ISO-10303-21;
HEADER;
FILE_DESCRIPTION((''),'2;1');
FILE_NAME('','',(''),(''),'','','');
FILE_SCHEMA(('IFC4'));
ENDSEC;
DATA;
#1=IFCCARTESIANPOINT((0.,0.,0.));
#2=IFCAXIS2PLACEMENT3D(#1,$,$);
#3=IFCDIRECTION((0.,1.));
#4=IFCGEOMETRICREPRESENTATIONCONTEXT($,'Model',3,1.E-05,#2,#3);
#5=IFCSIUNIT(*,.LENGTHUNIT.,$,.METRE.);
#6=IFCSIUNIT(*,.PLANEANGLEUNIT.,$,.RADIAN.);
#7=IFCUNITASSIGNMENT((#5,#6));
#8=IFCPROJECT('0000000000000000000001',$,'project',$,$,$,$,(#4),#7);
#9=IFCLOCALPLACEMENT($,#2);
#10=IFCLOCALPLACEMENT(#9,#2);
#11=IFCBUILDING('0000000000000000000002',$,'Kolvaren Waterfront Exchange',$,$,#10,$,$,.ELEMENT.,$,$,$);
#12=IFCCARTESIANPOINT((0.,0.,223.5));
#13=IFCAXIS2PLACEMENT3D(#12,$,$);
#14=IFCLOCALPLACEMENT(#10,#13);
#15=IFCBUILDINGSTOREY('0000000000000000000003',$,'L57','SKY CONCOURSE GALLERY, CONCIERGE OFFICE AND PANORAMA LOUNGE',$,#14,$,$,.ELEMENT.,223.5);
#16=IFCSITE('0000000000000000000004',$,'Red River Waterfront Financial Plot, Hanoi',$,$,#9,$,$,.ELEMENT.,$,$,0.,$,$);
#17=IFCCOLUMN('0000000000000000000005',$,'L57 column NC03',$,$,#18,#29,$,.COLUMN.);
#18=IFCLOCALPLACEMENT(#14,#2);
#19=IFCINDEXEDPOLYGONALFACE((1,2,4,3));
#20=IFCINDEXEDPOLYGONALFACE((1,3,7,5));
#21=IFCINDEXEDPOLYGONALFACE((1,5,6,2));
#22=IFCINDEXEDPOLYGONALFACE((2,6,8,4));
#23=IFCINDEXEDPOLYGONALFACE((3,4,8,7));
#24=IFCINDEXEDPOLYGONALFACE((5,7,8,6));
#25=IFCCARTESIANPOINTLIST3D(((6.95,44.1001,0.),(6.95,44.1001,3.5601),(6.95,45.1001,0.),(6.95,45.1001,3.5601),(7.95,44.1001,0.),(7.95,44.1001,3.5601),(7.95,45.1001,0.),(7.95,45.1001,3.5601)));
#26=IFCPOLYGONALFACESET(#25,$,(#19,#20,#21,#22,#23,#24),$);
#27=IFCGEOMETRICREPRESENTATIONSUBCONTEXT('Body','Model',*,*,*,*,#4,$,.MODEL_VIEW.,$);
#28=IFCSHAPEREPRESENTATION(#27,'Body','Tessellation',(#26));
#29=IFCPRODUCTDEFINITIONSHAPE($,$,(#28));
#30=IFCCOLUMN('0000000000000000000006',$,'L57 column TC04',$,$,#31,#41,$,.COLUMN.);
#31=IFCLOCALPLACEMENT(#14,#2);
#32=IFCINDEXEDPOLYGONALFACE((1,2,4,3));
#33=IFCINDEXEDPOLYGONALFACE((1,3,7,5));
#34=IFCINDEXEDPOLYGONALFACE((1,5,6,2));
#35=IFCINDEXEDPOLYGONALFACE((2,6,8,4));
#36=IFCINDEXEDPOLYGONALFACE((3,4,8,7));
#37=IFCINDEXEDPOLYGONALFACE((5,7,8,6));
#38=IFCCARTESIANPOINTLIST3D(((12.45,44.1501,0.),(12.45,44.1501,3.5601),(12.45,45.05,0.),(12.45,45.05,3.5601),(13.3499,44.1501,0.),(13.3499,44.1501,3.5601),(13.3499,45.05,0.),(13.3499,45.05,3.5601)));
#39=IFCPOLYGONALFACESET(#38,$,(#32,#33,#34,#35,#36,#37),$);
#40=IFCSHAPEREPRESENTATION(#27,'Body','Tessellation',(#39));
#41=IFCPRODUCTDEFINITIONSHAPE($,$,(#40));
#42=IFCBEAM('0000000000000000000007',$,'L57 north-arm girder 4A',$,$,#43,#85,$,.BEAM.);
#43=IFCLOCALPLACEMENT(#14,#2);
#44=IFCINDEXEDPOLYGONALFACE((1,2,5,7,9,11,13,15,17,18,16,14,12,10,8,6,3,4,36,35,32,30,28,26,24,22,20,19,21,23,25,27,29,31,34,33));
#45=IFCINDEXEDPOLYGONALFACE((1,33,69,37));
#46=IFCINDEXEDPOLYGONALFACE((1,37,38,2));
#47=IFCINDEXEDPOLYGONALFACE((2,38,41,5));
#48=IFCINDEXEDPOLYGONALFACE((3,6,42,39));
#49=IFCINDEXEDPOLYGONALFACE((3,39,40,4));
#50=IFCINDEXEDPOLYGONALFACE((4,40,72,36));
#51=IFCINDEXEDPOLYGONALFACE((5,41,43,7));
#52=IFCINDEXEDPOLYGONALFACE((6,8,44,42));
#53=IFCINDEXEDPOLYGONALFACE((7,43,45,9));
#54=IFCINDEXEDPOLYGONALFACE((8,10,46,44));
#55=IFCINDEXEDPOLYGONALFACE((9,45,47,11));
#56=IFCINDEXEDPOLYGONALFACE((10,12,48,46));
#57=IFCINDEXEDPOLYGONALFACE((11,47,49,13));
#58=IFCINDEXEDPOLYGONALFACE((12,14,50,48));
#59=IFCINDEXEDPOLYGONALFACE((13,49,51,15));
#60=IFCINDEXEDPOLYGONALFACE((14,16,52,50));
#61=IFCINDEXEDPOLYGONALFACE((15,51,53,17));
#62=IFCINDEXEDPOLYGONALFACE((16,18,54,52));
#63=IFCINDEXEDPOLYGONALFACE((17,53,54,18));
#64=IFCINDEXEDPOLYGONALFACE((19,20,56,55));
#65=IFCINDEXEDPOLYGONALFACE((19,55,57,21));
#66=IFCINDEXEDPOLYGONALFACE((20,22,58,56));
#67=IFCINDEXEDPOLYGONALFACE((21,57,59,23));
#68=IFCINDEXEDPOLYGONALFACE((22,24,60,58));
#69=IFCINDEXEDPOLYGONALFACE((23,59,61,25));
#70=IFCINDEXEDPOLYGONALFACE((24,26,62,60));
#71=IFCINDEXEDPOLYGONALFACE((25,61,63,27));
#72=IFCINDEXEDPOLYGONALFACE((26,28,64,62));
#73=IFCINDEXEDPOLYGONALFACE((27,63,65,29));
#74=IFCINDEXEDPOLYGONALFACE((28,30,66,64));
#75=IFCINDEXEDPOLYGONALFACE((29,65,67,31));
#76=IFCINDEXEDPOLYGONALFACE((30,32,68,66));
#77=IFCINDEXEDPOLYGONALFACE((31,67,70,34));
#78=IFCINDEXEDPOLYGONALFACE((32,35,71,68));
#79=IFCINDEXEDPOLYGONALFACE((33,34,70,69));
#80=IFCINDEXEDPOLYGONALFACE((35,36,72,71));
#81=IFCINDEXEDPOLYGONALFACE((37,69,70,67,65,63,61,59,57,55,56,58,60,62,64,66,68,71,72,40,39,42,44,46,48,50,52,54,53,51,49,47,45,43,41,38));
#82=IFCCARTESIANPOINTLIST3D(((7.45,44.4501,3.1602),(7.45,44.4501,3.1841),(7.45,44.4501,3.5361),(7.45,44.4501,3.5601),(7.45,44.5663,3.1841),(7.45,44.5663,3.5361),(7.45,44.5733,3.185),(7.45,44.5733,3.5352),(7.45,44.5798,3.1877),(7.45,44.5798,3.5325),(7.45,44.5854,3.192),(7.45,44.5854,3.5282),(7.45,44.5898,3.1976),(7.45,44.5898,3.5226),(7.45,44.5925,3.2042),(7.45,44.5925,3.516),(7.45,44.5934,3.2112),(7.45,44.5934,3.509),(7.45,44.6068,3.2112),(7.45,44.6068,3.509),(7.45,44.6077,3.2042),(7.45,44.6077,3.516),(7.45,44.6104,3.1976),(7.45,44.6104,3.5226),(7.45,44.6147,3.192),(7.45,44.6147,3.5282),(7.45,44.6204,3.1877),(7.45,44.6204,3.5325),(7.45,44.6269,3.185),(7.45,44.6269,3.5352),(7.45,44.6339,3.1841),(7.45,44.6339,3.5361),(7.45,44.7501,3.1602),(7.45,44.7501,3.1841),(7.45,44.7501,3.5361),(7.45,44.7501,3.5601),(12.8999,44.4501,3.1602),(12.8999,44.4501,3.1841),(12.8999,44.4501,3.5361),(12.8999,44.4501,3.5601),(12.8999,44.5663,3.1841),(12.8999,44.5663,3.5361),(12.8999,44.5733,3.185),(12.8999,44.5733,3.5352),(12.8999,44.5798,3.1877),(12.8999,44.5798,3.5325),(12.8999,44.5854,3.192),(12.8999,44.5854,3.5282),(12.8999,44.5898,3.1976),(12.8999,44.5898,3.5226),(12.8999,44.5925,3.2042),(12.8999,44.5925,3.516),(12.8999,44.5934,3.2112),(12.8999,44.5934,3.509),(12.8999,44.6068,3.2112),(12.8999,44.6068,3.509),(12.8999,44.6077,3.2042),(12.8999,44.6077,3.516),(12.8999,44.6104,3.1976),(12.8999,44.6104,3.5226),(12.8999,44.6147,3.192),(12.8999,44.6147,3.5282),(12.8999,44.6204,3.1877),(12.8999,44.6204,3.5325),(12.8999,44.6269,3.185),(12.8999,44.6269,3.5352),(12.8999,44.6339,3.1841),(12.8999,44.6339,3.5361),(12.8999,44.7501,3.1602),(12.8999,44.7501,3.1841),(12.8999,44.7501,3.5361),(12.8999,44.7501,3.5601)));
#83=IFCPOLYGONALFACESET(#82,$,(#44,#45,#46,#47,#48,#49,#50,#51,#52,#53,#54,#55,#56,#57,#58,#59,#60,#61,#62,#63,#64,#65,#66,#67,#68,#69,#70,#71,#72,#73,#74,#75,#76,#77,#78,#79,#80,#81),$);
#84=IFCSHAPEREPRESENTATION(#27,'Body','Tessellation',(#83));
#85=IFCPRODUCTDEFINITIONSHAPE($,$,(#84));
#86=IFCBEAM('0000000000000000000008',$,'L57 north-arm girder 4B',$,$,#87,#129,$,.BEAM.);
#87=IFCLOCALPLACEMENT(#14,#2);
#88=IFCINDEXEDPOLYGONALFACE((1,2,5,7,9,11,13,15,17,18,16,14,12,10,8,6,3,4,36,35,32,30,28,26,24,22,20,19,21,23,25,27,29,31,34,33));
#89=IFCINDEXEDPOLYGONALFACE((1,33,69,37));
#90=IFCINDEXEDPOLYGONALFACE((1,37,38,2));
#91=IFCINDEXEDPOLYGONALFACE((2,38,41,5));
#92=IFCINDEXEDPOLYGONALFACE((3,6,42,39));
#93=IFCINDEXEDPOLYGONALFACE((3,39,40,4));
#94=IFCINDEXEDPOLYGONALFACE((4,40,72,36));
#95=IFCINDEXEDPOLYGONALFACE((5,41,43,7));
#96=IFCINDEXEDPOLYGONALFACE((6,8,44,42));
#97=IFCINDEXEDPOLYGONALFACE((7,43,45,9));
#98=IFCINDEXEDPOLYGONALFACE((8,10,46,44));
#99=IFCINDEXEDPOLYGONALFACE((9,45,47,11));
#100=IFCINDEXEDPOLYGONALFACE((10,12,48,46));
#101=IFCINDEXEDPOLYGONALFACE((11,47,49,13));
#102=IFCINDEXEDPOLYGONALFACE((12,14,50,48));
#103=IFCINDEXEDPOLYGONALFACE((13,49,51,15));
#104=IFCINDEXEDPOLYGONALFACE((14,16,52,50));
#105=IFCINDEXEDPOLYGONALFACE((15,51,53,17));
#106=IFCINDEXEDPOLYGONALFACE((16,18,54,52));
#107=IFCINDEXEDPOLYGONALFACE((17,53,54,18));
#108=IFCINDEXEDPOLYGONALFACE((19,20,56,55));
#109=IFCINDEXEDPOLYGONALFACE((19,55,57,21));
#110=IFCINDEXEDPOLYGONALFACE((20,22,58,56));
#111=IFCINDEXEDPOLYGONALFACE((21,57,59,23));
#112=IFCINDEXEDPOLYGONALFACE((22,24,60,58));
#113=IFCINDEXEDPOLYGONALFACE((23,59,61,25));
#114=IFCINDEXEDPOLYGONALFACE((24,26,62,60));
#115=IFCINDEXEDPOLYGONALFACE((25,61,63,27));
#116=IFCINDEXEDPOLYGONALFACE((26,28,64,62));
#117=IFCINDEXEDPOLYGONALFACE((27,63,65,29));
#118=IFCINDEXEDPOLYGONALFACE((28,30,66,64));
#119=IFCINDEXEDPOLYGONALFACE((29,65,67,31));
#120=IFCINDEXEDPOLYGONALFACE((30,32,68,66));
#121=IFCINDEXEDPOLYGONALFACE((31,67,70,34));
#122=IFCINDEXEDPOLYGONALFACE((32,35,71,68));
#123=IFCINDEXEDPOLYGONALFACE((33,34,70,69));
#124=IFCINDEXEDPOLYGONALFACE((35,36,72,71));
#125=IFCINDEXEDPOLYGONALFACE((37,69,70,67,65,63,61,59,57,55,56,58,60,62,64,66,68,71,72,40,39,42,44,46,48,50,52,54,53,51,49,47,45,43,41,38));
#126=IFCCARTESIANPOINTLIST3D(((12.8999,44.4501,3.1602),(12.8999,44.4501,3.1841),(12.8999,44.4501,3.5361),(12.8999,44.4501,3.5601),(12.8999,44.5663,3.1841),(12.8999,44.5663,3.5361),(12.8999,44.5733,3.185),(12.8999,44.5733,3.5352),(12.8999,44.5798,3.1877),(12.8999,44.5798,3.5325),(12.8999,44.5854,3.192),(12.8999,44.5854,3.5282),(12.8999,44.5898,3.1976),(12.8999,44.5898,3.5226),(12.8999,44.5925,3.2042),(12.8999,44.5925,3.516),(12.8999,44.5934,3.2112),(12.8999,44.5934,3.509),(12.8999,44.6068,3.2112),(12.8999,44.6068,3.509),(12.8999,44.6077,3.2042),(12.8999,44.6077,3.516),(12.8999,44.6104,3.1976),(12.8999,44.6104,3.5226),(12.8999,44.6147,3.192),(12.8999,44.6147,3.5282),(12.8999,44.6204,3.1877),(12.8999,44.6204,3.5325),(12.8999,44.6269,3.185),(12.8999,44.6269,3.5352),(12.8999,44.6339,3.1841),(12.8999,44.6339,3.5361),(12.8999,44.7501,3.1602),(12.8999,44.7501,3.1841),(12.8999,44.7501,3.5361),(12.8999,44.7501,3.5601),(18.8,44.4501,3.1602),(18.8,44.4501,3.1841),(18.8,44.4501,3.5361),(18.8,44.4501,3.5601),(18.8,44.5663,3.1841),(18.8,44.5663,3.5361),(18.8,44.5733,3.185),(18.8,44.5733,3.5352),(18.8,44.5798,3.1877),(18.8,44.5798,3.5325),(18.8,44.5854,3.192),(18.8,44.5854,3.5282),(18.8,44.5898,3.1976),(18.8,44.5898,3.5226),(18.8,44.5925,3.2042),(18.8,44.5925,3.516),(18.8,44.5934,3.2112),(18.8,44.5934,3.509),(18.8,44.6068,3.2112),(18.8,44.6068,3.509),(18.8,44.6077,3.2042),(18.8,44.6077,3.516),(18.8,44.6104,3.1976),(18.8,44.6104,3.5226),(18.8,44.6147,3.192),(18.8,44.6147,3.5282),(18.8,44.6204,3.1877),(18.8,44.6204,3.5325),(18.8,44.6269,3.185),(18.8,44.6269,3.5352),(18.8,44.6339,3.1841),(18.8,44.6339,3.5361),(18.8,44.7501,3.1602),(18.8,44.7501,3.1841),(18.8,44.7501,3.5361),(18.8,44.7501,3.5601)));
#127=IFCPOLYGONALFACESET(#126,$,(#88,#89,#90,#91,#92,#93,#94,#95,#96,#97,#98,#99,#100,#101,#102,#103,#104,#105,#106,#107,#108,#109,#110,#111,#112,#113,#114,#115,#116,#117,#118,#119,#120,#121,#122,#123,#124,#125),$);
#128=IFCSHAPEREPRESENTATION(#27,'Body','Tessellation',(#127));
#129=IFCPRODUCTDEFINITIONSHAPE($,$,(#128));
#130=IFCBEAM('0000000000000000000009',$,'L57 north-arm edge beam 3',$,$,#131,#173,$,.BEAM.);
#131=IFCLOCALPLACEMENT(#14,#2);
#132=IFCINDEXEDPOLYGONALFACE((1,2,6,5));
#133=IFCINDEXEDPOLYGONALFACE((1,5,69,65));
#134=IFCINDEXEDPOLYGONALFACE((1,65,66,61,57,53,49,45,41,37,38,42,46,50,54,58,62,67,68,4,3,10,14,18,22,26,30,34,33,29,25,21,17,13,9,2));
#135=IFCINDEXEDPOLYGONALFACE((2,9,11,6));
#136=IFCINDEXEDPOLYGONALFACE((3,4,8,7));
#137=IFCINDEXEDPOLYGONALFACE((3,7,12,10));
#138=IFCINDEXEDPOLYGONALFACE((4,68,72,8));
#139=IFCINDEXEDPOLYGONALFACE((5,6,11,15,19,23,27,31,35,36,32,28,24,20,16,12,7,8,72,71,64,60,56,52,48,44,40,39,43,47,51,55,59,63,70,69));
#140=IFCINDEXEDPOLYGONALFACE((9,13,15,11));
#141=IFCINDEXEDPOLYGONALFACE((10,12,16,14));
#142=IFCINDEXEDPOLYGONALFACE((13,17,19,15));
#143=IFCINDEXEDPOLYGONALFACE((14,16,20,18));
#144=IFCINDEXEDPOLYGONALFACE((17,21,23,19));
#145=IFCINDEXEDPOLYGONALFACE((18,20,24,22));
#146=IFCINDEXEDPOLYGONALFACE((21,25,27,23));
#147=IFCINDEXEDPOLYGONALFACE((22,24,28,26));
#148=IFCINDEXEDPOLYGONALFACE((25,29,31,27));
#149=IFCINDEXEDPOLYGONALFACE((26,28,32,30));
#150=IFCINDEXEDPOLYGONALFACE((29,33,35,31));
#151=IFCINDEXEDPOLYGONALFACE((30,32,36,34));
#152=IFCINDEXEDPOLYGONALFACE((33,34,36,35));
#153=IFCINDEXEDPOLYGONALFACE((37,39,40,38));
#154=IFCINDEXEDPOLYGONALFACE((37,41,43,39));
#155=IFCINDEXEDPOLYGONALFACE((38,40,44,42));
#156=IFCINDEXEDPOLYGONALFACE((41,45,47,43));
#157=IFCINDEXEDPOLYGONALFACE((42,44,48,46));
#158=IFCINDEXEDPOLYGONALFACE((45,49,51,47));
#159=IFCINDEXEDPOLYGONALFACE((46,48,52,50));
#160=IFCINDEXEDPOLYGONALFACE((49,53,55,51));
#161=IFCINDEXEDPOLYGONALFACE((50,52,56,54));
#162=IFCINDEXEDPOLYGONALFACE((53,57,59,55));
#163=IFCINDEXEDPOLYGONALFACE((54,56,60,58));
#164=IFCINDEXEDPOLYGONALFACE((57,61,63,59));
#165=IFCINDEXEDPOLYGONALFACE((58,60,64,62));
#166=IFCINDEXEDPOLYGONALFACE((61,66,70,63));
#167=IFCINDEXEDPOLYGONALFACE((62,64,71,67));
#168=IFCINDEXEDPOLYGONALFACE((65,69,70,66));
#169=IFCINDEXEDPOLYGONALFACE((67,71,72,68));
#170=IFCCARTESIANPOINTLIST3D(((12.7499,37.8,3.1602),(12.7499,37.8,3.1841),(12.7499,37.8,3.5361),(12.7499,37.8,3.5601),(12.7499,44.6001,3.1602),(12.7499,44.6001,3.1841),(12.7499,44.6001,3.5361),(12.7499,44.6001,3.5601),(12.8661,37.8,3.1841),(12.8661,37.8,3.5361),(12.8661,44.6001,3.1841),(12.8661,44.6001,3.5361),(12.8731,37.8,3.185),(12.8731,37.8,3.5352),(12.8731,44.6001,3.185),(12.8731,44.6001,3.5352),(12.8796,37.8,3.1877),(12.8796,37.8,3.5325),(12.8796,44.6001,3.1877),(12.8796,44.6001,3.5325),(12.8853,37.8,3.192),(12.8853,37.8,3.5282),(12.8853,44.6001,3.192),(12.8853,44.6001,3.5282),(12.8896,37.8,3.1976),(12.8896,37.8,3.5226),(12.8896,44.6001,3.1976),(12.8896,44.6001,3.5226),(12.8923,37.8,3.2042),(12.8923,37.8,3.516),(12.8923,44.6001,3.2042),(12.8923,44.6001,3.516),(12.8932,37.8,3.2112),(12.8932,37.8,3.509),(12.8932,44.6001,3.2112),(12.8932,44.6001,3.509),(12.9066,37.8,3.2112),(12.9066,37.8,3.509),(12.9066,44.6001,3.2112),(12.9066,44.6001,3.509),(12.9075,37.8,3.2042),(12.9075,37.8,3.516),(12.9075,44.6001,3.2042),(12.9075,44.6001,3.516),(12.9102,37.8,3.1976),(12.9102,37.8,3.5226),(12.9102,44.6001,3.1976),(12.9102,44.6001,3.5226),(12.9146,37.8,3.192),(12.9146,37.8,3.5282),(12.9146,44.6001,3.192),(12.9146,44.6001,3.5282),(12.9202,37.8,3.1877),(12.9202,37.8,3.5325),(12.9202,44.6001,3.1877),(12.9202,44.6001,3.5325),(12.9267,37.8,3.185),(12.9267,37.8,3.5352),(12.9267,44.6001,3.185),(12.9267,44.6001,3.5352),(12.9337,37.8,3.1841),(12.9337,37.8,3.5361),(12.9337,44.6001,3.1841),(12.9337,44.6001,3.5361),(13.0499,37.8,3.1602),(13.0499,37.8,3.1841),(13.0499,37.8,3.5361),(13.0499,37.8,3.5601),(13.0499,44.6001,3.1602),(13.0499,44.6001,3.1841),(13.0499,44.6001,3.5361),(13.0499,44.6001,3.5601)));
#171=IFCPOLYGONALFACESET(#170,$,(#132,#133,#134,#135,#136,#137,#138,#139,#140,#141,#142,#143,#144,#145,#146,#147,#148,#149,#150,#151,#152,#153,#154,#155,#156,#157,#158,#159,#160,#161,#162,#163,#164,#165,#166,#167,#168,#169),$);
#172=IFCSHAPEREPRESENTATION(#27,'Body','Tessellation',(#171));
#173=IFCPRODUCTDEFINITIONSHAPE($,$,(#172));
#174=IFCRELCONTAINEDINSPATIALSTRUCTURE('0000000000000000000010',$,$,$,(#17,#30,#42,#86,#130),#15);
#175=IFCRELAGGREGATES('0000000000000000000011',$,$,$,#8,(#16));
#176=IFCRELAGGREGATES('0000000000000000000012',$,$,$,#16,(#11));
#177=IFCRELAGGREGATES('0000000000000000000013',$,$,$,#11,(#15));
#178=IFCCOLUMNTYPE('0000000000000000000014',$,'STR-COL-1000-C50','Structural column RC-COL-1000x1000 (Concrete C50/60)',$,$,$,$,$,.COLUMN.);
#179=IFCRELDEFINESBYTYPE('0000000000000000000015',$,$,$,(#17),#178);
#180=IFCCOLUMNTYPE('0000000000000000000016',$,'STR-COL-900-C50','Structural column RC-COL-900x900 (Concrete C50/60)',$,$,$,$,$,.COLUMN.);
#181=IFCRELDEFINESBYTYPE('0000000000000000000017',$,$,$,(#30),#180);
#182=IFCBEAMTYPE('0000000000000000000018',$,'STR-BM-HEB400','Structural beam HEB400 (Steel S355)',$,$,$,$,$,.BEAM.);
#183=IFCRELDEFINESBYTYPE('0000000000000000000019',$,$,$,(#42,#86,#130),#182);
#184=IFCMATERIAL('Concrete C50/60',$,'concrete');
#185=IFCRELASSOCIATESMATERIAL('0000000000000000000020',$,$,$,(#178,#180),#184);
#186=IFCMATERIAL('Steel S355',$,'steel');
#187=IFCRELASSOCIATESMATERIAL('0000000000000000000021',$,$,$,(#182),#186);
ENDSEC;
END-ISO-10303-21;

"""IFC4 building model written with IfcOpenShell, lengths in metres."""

from ifc_helpers import new_model, si_unit, direction, frame, origin, origin_2d, place, context, subcontext, project, spatial, rectangle, i_section, extrude, material, material_profile, profile_set, type_object, element, save


model = new_model("IFC4")

# Units and contexts
model_context = context("Model", 3, precision=1e-05, world=origin(), true_north=direction((0.0, 1.0)))
body_context = subcontext(model_context, "Body", "Model", "MODEL_VIEW")
ifc_project = project(units=[si_unit("LENGTHUNIT", "METRE"), si_unit("PLANEANGLEUNIT", "RADIAN")], contexts=[model_context])

# Site, building, storey
site_placement = place(None, origin())
site = spatial("IfcSite", under=ifc_project, at=site_placement, Name="Red River Waterfront Financial Plot, Hanoi", CompositionType="ELEMENT", RefElevation=0.0)
building_placement = place(site_placement, origin())
building = spatial("IfcBuilding", under=site, at=building_placement, Name="Kolvaren Waterfront Exchange", CompositionType="ELEMENT")
storey_placement = place(building_placement, frame((0.0, 0.0, 223.5)))
storey = spatial("IfcBuildingStorey", under=building, at=storey_placement, Name="L57", Description="SKY CONCOURSE GALLERY, CONCIERGE OFFICE AND PANORAMA LOUNGE", CompositionType="ELEMENT", Elevation=223.5)

# Columns
ifc_material_1 = material(Name="Concrete C50/60", Category="concrete")
ifc_material_profile_1 = material_profile(ifc_material_1, rectangle(XDim=1.0, YDim=1.0, at=origin_2d()), Name="RC-COL-1000x1000")
ifc_profile_set_1 = profile_set([ifc_material_profile_1], Name="Concrete C50/60")
column_type_1 = type_object("IfcColumnType", Name="STR-COL-1000-C50", Description="Structural column RC-COL-1000x1000 (Concrete C50/60)", PredefinedType="COLUMN", material=ifc_profile_set_1)
column_1_placement = place(storey_placement, frame((7.45, 44.6001, 0.0), z_axis=(0.0, 0.0, 1.0), x_axis=(1.0, 0.0, 0.0)))
element("IfcColumn", 1, at=column_1_placement, inside=storey, type_object=column_type_1, Name="L57 column NC03", PredefinedType="COLUMN", context=body_context, shape_type="SweptSolid", body=[
    extrude(rectangle(XDim=1.0, YDim=1.0, at=origin_2d()), origin(), (0.0, 0.0, 1.0), 3.5601),
])
ifc_material_profile_2 = material_profile(ifc_material_1, rectangle(XDim=0.8999, YDim=0.8999, at=origin_2d()), Name="RC-COL-900x900")
ifc_profile_set_2 = profile_set([ifc_material_profile_2], Name="Concrete C50/60")
column_type_2 = type_object("IfcColumnType", Name="STR-COL-900-C50", Description="Structural column RC-COL-900x900 (Concrete C50/60)", PredefinedType="COLUMN", material=ifc_profile_set_2)
column_2_placement = place(storey_placement, frame((12.8999, 44.6001, 0.0), z_axis=(0.0, 0.0, 1.0), x_axis=(1.0, 0.0, 0.0)))
element("IfcColumn", 2, at=column_2_placement, inside=storey, type_object=column_type_2, Name="L57 column TC04", PredefinedType="COLUMN", context=body_context, shape_type="SweptSolid", body=[
    extrude(rectangle(XDim=0.8999, YDim=0.8999, at=origin_2d()), origin(), (0.0, 0.0, 1.0), 3.5601),
])

# Beams
ifc_material_2 = material(Name="Steel S355", Category="steel")
ifc_material_profile_3 = material_profile(ifc_material_2, i_section(OverallWidth=0.3, OverallDepth=0.3999, WebThickness=0.0134, FlangeThickness=0.0239, FilletRadius=0.0271, at=origin_2d()), Name="HEB400")
ifc_profile_set_3 = profile_set([ifc_material_profile_3], Name="Steel S355")
beam_type_1 = type_object("IfcBeamType", Name="STR-BM-HEB400", Description="Structural beam HEB400 (Steel S355)", PredefinedType="BEAM", material=ifc_profile_set_3)
beam_1_placement = place(storey_placement, frame((7.45, 44.6001, 3.3601), z_axis=(1.0, 0.0, 0.0), x_axis=(0.0, 1.0, 0.0)))
element("IfcBeam", 3, at=beam_1_placement, inside=storey, type_object=beam_type_1, Name="L57 north-arm girder 4A", PredefinedType="BEAM", context=body_context, shape_type="SweptSolid", body=[
    extrude(i_section(OverallWidth=0.3, OverallDepth=0.3999, WebThickness=0.0134, FlangeThickness=0.0239, FilletRadius=0.0271, at=origin_2d()), origin(), (0.0, 0.0, 1.0), 5.45),
])
beam_2_placement = place(storey_placement, frame((12.8999, 44.6001, 3.3601), z_axis=(1.0, 0.0, 0.0), x_axis=(0.0, 1.0, 0.0)))
element("IfcBeam", 4, at=beam_2_placement, inside=storey, type_object=beam_type_1, Name="L57 north-arm girder 4B", PredefinedType="BEAM", context=body_context, shape_type="SweptSolid", body=[
    extrude(i_section(OverallWidth=0.3, OverallDepth=0.3999, WebThickness=0.0134, FlangeThickness=0.0239, FilletRadius=0.0271, at=origin_2d()), origin(), (0.0, 0.0, 1.0), 5.9001),
])
beam_3_placement = place(storey_placement, frame((12.8999, 37.8, 3.3601), z_axis=(0.0, 1.0, 0.0), x_axis=(-1.0, 0.0, 0.0)))
element("IfcBeam", 5, at=beam_3_placement, inside=storey, type_object=beam_type_1, Name="L57 north-arm edge beam 3", PredefinedType="BEAM", context=body_context, shape_type="SweptSolid", body=[
    extrude(i_section(OverallWidth=0.3, OverallDepth=0.3999, WebThickness=0.0134, FlangeThickness=0.0239, FilletRadius=0.0271, at=origin_2d()), origin(), (0.0, 0.0, 1.0), 6.8),
])

save(model, "model.ifc")
